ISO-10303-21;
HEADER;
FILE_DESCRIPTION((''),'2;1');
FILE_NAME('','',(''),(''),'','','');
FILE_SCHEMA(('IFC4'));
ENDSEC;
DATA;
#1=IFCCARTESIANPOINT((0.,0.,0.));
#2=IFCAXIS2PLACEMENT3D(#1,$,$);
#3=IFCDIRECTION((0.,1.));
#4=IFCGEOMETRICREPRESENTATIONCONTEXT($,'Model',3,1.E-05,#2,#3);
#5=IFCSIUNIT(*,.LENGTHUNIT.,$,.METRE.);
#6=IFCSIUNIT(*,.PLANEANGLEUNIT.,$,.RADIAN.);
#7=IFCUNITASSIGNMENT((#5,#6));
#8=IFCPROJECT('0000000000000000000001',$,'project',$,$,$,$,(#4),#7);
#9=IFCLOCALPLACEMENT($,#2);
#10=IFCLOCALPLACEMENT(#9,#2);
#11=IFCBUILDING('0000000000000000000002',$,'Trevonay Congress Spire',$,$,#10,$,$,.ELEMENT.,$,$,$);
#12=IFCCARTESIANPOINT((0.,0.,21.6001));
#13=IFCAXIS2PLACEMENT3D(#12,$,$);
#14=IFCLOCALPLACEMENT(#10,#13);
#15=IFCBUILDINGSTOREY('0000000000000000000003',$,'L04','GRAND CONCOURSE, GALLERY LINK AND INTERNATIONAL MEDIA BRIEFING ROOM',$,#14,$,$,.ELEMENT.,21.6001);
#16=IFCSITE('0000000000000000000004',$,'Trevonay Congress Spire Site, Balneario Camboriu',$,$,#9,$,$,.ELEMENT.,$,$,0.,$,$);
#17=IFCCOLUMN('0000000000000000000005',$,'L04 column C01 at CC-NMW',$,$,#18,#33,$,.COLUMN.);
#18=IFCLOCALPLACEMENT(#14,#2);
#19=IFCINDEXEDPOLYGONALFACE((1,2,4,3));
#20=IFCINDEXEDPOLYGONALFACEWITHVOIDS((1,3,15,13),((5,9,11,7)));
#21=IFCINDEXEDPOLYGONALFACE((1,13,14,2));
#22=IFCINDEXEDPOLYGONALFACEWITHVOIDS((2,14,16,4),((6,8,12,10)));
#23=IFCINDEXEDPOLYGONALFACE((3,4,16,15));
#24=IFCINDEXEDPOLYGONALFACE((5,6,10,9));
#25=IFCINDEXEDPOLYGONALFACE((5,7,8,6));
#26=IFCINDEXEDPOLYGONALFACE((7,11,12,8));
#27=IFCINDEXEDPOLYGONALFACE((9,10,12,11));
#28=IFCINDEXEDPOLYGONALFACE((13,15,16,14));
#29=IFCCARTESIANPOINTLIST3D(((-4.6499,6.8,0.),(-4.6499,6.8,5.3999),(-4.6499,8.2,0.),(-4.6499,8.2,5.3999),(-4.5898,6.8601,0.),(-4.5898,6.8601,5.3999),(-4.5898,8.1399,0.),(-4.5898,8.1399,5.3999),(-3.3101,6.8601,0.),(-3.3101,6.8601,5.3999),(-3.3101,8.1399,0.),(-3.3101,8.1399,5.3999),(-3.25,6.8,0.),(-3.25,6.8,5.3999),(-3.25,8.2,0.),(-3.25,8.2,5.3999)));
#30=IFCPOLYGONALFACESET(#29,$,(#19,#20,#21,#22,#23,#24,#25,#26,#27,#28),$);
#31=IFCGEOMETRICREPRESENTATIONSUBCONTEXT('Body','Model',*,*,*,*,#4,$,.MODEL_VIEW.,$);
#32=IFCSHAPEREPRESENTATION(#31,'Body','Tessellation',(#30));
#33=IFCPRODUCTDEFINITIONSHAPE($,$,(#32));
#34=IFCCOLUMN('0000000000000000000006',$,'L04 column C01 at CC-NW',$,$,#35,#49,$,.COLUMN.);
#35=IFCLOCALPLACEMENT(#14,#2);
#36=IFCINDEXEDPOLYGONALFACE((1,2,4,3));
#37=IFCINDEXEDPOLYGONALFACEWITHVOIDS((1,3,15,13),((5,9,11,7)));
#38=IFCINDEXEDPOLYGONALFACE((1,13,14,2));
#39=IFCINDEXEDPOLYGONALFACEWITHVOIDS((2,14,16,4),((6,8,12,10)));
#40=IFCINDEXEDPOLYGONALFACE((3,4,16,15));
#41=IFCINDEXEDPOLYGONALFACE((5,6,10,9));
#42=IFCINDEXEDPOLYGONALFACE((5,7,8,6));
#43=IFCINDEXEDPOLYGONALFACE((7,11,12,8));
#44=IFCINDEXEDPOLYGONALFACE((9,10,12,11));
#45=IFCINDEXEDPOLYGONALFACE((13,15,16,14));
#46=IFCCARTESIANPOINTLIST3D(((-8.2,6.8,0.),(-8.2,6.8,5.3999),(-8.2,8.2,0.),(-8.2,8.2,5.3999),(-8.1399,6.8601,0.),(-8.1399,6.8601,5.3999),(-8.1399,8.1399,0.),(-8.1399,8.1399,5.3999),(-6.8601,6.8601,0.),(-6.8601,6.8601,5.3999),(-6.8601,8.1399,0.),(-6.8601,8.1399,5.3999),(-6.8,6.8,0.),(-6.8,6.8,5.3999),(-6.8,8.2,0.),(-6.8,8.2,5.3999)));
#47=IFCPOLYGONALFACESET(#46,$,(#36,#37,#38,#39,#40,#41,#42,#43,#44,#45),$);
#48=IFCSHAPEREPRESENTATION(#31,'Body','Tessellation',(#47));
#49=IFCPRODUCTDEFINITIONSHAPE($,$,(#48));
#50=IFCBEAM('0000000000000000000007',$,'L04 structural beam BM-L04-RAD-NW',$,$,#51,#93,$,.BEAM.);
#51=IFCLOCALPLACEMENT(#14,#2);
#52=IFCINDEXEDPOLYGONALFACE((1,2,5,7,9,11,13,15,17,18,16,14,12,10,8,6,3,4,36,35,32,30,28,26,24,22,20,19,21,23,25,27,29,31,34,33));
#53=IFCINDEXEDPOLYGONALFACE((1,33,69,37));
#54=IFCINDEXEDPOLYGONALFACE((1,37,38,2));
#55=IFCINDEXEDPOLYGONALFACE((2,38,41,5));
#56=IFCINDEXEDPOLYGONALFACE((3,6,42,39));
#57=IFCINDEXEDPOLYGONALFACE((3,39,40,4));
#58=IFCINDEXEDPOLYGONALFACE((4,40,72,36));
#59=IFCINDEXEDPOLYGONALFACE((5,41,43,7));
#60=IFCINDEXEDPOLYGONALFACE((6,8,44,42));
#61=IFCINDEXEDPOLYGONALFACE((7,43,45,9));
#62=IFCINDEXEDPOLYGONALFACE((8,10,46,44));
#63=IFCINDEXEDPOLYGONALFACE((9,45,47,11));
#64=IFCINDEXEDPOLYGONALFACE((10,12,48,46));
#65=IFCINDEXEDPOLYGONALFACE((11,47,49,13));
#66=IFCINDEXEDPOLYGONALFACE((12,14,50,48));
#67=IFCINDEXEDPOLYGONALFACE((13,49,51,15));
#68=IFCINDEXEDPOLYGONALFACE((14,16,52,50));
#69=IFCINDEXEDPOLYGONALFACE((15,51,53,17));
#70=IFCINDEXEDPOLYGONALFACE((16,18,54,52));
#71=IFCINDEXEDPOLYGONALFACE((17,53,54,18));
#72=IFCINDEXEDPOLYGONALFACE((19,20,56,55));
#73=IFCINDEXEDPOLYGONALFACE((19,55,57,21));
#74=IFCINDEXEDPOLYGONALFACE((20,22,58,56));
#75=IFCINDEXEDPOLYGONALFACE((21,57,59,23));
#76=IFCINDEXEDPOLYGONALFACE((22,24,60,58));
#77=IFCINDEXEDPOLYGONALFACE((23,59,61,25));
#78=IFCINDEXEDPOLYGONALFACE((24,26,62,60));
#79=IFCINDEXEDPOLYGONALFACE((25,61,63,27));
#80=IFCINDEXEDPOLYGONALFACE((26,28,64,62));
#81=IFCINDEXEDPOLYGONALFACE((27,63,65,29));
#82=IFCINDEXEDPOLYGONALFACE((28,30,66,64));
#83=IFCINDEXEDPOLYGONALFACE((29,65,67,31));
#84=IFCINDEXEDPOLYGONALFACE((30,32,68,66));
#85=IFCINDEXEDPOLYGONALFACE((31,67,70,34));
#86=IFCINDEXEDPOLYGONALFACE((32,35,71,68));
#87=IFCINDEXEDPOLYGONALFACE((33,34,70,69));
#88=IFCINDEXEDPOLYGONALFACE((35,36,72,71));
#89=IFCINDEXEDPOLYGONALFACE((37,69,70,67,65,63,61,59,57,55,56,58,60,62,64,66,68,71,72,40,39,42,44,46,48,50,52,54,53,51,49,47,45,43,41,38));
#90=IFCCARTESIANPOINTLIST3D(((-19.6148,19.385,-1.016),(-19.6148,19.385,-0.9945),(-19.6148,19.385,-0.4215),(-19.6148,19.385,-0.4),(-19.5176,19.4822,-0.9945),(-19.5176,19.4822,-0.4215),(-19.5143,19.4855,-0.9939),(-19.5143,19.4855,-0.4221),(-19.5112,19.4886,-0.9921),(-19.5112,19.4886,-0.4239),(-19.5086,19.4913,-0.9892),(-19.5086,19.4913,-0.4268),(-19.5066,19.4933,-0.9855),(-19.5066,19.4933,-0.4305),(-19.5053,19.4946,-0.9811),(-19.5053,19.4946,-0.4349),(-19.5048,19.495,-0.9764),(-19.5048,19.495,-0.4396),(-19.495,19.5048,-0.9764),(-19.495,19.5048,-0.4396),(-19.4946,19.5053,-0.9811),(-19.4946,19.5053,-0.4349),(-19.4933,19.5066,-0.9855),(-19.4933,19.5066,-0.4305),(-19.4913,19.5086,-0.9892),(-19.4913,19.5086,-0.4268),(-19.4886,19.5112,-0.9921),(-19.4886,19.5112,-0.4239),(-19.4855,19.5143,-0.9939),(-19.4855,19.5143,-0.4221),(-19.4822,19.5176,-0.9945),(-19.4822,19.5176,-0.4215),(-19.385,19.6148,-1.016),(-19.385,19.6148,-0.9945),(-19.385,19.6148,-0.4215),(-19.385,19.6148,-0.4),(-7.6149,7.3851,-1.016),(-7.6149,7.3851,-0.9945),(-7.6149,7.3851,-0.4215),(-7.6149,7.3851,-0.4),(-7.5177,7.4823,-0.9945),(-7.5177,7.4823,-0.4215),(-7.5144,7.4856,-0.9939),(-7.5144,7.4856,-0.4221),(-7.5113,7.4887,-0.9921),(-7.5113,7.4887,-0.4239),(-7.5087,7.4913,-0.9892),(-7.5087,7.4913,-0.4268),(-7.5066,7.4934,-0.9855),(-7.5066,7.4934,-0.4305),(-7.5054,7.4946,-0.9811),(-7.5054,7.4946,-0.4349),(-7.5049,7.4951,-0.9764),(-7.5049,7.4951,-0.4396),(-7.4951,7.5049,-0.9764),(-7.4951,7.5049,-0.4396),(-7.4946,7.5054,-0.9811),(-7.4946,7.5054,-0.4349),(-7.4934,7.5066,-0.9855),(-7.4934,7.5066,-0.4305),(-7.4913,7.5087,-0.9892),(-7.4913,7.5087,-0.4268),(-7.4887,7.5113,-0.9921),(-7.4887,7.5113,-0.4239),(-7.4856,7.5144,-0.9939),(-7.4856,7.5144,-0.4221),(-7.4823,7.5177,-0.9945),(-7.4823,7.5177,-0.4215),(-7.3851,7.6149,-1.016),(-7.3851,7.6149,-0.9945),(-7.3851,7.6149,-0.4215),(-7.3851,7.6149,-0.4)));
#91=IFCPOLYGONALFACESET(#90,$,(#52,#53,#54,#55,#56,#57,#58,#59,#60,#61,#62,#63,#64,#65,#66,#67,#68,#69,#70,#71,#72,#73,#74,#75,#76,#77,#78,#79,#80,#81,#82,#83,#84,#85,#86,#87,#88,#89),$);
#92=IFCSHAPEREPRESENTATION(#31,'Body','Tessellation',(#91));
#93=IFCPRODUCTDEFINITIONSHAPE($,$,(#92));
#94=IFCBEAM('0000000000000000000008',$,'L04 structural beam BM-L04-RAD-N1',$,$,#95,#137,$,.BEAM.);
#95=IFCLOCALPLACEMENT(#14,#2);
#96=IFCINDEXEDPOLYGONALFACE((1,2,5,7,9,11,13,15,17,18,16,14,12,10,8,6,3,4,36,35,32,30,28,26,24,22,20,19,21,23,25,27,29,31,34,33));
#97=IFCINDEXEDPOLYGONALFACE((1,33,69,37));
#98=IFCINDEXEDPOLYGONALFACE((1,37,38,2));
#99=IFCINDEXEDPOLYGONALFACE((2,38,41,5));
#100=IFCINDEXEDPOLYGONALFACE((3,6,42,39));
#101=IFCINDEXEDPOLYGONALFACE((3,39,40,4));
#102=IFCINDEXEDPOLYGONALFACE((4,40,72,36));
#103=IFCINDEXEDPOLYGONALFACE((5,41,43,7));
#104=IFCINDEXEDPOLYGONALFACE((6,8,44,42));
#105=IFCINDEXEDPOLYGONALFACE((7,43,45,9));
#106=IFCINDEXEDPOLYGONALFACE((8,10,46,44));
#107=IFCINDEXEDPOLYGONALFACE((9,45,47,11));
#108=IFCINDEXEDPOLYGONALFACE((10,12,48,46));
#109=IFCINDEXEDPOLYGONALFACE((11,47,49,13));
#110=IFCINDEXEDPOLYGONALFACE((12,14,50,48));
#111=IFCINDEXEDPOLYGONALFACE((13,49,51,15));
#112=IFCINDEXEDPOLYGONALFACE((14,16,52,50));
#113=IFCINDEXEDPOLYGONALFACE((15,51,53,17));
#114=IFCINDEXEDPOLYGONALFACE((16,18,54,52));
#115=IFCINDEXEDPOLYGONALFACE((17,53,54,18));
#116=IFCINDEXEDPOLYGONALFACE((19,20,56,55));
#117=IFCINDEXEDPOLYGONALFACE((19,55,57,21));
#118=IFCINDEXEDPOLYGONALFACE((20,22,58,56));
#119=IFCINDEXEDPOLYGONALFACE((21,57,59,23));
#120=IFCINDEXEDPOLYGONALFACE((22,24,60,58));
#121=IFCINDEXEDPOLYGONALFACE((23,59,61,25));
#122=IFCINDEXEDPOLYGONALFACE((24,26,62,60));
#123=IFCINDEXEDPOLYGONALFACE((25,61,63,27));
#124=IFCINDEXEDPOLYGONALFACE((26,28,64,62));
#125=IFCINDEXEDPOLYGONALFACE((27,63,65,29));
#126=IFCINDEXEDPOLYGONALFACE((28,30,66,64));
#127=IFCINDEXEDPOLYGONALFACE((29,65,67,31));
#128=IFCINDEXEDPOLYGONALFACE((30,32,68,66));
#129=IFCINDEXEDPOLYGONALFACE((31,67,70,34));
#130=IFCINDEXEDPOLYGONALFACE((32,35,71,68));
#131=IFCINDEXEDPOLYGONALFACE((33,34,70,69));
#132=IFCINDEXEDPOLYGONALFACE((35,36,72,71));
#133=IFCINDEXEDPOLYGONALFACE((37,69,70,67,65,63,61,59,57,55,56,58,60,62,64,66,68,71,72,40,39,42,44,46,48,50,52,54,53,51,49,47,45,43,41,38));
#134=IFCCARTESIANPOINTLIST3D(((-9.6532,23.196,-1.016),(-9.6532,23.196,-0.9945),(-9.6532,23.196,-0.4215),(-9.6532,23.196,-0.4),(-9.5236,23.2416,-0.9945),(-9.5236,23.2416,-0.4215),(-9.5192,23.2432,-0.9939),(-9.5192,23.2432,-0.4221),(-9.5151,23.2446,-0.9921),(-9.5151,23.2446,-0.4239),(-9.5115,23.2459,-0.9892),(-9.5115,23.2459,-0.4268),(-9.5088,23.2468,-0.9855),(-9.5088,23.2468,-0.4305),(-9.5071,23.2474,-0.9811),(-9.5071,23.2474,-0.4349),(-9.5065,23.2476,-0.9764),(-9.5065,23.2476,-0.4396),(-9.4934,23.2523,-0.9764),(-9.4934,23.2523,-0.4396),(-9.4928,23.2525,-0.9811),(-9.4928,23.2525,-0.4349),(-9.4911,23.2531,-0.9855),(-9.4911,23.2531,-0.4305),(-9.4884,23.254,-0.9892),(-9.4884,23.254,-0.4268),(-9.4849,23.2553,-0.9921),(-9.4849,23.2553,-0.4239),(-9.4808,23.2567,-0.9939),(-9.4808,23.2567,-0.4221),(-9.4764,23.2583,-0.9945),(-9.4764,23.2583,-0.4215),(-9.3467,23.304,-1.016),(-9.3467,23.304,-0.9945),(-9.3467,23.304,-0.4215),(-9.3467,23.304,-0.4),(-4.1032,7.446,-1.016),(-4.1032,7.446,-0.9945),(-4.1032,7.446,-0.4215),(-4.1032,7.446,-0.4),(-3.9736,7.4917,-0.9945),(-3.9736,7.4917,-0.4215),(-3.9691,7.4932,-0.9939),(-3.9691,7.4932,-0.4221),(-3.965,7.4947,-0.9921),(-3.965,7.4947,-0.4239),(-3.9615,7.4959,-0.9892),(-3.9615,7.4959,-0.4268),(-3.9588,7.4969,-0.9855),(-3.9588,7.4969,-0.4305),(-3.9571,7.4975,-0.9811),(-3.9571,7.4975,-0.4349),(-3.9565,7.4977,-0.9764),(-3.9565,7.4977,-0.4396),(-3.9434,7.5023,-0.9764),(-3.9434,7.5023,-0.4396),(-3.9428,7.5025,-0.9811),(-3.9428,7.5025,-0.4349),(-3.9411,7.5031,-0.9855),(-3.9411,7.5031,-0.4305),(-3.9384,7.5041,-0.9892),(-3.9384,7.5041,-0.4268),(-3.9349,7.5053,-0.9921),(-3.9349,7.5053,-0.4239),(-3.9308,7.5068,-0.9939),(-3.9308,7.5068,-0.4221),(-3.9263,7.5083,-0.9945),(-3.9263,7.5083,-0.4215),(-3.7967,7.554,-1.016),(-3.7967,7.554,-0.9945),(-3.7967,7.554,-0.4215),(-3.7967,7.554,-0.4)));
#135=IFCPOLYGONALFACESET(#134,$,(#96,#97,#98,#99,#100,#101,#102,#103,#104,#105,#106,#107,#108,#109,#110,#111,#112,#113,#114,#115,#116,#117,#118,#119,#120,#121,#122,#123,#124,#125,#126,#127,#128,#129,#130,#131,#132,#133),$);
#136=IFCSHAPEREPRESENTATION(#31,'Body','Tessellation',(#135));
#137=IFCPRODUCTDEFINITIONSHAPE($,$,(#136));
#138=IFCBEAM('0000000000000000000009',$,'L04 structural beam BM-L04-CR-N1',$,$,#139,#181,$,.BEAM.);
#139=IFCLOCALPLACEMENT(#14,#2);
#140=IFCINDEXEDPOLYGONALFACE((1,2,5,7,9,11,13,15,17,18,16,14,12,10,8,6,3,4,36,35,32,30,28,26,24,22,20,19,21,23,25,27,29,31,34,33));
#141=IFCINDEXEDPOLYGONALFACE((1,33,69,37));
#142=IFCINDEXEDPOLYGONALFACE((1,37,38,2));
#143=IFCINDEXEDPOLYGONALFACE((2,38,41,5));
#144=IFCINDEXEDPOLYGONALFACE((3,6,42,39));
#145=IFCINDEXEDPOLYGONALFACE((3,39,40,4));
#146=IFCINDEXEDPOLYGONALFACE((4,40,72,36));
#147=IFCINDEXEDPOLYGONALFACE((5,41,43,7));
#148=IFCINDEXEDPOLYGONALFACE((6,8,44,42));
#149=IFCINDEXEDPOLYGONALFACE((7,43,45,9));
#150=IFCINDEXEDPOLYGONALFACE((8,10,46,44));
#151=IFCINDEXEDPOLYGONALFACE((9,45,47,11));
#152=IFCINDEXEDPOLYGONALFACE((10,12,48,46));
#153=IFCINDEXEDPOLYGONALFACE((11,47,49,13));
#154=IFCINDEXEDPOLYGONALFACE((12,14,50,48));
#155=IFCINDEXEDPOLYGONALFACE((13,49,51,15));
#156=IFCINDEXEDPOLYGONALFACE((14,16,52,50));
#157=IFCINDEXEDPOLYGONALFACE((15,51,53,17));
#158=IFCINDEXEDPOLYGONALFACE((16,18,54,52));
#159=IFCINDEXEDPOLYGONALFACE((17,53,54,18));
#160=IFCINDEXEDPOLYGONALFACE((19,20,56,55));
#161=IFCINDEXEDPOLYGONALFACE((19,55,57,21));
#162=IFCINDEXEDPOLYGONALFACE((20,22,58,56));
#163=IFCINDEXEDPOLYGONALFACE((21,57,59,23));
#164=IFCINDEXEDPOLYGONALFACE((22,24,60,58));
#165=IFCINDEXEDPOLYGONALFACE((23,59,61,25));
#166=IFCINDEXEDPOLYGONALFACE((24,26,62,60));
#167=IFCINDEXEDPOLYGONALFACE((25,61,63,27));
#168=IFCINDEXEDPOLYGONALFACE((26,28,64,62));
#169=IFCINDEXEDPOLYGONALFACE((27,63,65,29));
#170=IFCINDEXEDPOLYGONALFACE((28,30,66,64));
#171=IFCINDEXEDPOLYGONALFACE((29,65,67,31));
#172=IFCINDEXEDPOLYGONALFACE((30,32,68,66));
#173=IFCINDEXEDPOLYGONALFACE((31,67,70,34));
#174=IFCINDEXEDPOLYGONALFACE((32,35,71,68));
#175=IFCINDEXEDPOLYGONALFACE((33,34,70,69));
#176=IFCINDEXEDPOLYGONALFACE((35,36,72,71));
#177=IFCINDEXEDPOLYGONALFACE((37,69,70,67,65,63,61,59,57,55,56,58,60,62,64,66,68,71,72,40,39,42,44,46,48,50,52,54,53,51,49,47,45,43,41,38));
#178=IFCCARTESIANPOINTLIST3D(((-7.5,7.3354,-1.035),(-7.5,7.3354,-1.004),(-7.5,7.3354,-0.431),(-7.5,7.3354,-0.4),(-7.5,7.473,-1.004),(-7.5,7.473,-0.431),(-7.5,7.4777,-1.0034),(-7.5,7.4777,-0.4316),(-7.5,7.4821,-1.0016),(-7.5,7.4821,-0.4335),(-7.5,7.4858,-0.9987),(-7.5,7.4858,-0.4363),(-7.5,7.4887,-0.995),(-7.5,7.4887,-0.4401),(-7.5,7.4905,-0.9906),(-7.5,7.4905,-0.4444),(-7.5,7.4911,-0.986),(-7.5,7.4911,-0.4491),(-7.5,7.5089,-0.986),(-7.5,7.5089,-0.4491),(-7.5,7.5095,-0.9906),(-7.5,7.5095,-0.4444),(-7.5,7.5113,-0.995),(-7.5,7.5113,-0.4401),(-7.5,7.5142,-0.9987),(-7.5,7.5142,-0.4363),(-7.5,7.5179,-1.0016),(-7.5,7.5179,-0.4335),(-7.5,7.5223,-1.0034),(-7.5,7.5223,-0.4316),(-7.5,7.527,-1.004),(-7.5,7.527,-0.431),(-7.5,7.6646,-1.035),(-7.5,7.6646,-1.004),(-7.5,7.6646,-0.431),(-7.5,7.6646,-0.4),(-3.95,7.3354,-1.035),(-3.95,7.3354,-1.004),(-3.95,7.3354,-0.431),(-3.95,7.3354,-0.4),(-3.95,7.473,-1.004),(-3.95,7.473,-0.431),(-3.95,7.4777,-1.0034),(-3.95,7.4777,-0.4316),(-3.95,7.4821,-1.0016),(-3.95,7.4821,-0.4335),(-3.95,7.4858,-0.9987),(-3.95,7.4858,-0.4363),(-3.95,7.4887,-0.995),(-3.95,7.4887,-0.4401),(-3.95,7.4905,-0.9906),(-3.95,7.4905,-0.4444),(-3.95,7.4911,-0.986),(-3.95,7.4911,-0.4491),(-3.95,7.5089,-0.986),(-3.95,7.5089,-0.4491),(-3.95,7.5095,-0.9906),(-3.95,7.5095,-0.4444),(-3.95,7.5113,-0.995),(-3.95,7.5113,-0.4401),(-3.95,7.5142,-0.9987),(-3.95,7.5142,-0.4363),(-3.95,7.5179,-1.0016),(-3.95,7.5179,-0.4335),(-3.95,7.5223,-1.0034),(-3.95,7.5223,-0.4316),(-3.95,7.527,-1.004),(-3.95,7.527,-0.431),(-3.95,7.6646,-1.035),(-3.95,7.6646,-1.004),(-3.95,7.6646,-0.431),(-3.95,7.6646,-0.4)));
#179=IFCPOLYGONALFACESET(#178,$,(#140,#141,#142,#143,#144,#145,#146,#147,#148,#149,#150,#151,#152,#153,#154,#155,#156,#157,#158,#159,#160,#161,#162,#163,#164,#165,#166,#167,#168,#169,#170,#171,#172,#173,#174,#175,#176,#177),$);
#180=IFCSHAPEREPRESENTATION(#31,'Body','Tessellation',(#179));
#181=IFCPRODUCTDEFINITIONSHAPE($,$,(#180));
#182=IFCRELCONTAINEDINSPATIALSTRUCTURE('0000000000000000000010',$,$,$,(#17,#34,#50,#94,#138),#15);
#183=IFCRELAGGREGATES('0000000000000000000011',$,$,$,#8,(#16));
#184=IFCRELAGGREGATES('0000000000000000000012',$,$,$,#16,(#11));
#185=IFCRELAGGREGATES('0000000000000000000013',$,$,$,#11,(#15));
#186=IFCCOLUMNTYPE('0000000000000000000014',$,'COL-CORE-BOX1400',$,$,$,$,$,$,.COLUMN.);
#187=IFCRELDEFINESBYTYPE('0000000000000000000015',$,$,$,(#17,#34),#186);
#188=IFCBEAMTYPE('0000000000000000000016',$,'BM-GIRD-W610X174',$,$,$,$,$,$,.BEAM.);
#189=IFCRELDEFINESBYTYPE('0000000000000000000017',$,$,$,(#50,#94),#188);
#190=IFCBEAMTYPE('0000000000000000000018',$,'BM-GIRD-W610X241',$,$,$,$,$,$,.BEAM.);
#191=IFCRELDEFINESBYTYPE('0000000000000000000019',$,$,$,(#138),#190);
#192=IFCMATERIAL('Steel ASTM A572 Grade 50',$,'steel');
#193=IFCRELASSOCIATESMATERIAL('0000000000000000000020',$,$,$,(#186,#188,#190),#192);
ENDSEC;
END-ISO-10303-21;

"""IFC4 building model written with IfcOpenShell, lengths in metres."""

from ifc_helpers import new_model, si_unit, direction, frame, origin, origin_2d, place, context, subcontext, project, spatial, hollow_rectangle, i_section, extrude, material, material_profile, profile_set, type_object, element, save


model = new_model("IFC4")

# Units and contexts
model_context = context("Model", 3, precision=1e-05, world=origin(), true_north=direction((0.0, 1.0)))
body_context = subcontext(model_context, "Body", "Model", "MODEL_VIEW")
ifc_project = project(units=[si_unit("LENGTHUNIT", "METRE"), si_unit("PLANEANGLEUNIT", "RADIAN")], contexts=[model_context])

# Site, building, storey
site_placement = place(None, origin())
site = spatial("IfcSite", under=ifc_project, at=site_placement, Name="Trevonay Congress Spire Site, Balneario Camboriu", CompositionType="ELEMENT", RefElevation=0.0)
building_placement = place(site_placement, origin())
building = spatial("IfcBuilding", under=site, at=building_placement, Name="Trevonay Congress Spire", CompositionType="ELEMENT")
storey_placement = place(building_placement, frame((0.0, 0.0, 21.6001)))
storey = spatial("IfcBuildingStorey", under=building, at=storey_placement, Name="L04", Description="GRAND CONCOURSE, GALLERY LINK AND INTERNATIONAL MEDIA BRIEFING ROOM", CompositionType="ELEMENT", Elevation=21.6001)

# Columns
ifc_material_1 = material(Name="Steel ASTM A572 Grade 50", Category="steel")
ifc_material_profile_1 = material_profile(ifc_material_1, hollow_rectangle(XDim=1.3999, YDim=1.3999, WallThickness=0.0601, at=origin_2d()), Name="BOX 1400x1400x60")
ifc_profile_set_1 = profile_set([ifc_material_profile_1], Name="Steel ASTM A572 Grade 50")
column_type = type_object("IfcColumnType", Name="COL-CORE-BOX1400", PredefinedType="COLUMN", material=ifc_profile_set_1)
for number, where, z_axis, x_axis, name in (
    (1, (-3.95, 7.5, 0.0), (0.0, 0.0, 1.0), (1.0, 0.0, 0.0), "L04 column C01 at CC-NMW"),
    (2, (-7.5, 7.5, 0.0), (0.0, 0.0, 1.0), (1.0, 0.0, 0.0), "L04 column C01 at CC-NW"),
):
    element("IfcColumn", number, at=place(storey_placement, frame(where, z_axis=z_axis, x_axis=x_axis)), inside=storey, type_object=column_type, Name=name, PredefinedType="COLUMN", context=body_context, shape_type="SweptSolid", body=[
        extrude(hollow_rectangle(XDim=1.3999, YDim=1.3999, WallThickness=0.0601, at=origin_2d()), origin(), (0.0, 0.0, 1.0), 5.3999),
    ])

# Beams
ifc_material_profile_2 = material_profile(ifc_material_1, i_section(OverallWidth=0.325, OverallDepth=0.616, WebThickness=0.0139, FlangeThickness=0.0215, FilletRadius=0.0181, at=origin_2d()), Name="W610x174")
ifc_profile_set_2 = profile_set([ifc_material_profile_2], Name="Steel ASTM A572 Grade 50")
beam_type_1 = type_object("IfcBeamType", Name="BM-GIRD-W610X174", PredefinedType="BEAM", material=ifc_profile_set_2)
beam_1_placement = place(storey_placement, frame((-7.5, 7.5, -0.708), z_axis=(-0.707107, 0.707107, 0.0), x_axis=(-0.707107, -0.707107, 0.0)))
element("IfcBeam", 3, at=beam_1_placement, inside=storey, type_object=beam_type_1, Name="L04 structural beam BM-L04-RAD-NW", PredefinedType="BEAM", context=body_context, shape_type="SweptSolid", body=[
    extrude(i_section(OverallWidth=0.325, OverallDepth=0.616, WebThickness=0.0139, FlangeThickness=0.0215, FilletRadius=0.0181, at=origin_2d()), origin(), (0.0, 0.0, 1.0), 16.9705),
])
beam_2_placement = place(storey_placement, frame((-3.95, 7.5, -0.708), z_axis=(-0.332353, 0.943155, 0.0), x_axis=(-0.943155, -0.332353, 0.0)))
element("IfcBeam", 4, at=beam_2_placement, inside=storey, type_object=beam_type_1, Name="L04 structural beam BM-L04-RAD-N1", PredefinedType="BEAM", context=body_context, shape_type="SweptSolid", body=[
    extrude(i_section(OverallWidth=0.325, OverallDepth=0.616, WebThickness=0.0139, FlangeThickness=0.0215, FilletRadius=0.0181, at=origin_2d()), origin(), (0.0, 0.0, 1.0), 16.6992),
])
ifc_material_profile_3 = material_profile(ifc_material_1, i_section(OverallWidth=0.3291, OverallDepth=0.635, WebThickness=0.0178, FlangeThickness=0.031, FilletRadius=0.0181, at=origin_2d()), Name="W610x241")
ifc_profile_set_3 = profile_set([ifc_material_profile_3], Name="Steel ASTM A572 Grade 50")
beam_type_2 = type_object("IfcBeamType", Name="BM-GIRD-W610X241", PredefinedType="BEAM", material=ifc_profile_set_3)
beam_3_placement = place(storey_placement, frame((-7.5, 7.5, -0.7175), z_axis=(1.0, 0.0, 0.0), x_axis=(0.0, 1.0, 0.0)))
element("IfcBeam", 5, at=beam_3_placement, inside=storey, type_object=beam_type_2, Name="L04 structural beam BM-L04-CR-N1", PredefinedType="BEAM", context=body_context, shape_type="SweptSolid", body=[
    extrude(i_section(OverallWidth=0.3291, OverallDepth=0.635, WebThickness=0.0178, FlangeThickness=0.031, FilletRadius=0.0181, at=origin_2d()), origin(), (0.0, 0.0, 1.0), 3.55),
])

save(model, "model.ifc")
